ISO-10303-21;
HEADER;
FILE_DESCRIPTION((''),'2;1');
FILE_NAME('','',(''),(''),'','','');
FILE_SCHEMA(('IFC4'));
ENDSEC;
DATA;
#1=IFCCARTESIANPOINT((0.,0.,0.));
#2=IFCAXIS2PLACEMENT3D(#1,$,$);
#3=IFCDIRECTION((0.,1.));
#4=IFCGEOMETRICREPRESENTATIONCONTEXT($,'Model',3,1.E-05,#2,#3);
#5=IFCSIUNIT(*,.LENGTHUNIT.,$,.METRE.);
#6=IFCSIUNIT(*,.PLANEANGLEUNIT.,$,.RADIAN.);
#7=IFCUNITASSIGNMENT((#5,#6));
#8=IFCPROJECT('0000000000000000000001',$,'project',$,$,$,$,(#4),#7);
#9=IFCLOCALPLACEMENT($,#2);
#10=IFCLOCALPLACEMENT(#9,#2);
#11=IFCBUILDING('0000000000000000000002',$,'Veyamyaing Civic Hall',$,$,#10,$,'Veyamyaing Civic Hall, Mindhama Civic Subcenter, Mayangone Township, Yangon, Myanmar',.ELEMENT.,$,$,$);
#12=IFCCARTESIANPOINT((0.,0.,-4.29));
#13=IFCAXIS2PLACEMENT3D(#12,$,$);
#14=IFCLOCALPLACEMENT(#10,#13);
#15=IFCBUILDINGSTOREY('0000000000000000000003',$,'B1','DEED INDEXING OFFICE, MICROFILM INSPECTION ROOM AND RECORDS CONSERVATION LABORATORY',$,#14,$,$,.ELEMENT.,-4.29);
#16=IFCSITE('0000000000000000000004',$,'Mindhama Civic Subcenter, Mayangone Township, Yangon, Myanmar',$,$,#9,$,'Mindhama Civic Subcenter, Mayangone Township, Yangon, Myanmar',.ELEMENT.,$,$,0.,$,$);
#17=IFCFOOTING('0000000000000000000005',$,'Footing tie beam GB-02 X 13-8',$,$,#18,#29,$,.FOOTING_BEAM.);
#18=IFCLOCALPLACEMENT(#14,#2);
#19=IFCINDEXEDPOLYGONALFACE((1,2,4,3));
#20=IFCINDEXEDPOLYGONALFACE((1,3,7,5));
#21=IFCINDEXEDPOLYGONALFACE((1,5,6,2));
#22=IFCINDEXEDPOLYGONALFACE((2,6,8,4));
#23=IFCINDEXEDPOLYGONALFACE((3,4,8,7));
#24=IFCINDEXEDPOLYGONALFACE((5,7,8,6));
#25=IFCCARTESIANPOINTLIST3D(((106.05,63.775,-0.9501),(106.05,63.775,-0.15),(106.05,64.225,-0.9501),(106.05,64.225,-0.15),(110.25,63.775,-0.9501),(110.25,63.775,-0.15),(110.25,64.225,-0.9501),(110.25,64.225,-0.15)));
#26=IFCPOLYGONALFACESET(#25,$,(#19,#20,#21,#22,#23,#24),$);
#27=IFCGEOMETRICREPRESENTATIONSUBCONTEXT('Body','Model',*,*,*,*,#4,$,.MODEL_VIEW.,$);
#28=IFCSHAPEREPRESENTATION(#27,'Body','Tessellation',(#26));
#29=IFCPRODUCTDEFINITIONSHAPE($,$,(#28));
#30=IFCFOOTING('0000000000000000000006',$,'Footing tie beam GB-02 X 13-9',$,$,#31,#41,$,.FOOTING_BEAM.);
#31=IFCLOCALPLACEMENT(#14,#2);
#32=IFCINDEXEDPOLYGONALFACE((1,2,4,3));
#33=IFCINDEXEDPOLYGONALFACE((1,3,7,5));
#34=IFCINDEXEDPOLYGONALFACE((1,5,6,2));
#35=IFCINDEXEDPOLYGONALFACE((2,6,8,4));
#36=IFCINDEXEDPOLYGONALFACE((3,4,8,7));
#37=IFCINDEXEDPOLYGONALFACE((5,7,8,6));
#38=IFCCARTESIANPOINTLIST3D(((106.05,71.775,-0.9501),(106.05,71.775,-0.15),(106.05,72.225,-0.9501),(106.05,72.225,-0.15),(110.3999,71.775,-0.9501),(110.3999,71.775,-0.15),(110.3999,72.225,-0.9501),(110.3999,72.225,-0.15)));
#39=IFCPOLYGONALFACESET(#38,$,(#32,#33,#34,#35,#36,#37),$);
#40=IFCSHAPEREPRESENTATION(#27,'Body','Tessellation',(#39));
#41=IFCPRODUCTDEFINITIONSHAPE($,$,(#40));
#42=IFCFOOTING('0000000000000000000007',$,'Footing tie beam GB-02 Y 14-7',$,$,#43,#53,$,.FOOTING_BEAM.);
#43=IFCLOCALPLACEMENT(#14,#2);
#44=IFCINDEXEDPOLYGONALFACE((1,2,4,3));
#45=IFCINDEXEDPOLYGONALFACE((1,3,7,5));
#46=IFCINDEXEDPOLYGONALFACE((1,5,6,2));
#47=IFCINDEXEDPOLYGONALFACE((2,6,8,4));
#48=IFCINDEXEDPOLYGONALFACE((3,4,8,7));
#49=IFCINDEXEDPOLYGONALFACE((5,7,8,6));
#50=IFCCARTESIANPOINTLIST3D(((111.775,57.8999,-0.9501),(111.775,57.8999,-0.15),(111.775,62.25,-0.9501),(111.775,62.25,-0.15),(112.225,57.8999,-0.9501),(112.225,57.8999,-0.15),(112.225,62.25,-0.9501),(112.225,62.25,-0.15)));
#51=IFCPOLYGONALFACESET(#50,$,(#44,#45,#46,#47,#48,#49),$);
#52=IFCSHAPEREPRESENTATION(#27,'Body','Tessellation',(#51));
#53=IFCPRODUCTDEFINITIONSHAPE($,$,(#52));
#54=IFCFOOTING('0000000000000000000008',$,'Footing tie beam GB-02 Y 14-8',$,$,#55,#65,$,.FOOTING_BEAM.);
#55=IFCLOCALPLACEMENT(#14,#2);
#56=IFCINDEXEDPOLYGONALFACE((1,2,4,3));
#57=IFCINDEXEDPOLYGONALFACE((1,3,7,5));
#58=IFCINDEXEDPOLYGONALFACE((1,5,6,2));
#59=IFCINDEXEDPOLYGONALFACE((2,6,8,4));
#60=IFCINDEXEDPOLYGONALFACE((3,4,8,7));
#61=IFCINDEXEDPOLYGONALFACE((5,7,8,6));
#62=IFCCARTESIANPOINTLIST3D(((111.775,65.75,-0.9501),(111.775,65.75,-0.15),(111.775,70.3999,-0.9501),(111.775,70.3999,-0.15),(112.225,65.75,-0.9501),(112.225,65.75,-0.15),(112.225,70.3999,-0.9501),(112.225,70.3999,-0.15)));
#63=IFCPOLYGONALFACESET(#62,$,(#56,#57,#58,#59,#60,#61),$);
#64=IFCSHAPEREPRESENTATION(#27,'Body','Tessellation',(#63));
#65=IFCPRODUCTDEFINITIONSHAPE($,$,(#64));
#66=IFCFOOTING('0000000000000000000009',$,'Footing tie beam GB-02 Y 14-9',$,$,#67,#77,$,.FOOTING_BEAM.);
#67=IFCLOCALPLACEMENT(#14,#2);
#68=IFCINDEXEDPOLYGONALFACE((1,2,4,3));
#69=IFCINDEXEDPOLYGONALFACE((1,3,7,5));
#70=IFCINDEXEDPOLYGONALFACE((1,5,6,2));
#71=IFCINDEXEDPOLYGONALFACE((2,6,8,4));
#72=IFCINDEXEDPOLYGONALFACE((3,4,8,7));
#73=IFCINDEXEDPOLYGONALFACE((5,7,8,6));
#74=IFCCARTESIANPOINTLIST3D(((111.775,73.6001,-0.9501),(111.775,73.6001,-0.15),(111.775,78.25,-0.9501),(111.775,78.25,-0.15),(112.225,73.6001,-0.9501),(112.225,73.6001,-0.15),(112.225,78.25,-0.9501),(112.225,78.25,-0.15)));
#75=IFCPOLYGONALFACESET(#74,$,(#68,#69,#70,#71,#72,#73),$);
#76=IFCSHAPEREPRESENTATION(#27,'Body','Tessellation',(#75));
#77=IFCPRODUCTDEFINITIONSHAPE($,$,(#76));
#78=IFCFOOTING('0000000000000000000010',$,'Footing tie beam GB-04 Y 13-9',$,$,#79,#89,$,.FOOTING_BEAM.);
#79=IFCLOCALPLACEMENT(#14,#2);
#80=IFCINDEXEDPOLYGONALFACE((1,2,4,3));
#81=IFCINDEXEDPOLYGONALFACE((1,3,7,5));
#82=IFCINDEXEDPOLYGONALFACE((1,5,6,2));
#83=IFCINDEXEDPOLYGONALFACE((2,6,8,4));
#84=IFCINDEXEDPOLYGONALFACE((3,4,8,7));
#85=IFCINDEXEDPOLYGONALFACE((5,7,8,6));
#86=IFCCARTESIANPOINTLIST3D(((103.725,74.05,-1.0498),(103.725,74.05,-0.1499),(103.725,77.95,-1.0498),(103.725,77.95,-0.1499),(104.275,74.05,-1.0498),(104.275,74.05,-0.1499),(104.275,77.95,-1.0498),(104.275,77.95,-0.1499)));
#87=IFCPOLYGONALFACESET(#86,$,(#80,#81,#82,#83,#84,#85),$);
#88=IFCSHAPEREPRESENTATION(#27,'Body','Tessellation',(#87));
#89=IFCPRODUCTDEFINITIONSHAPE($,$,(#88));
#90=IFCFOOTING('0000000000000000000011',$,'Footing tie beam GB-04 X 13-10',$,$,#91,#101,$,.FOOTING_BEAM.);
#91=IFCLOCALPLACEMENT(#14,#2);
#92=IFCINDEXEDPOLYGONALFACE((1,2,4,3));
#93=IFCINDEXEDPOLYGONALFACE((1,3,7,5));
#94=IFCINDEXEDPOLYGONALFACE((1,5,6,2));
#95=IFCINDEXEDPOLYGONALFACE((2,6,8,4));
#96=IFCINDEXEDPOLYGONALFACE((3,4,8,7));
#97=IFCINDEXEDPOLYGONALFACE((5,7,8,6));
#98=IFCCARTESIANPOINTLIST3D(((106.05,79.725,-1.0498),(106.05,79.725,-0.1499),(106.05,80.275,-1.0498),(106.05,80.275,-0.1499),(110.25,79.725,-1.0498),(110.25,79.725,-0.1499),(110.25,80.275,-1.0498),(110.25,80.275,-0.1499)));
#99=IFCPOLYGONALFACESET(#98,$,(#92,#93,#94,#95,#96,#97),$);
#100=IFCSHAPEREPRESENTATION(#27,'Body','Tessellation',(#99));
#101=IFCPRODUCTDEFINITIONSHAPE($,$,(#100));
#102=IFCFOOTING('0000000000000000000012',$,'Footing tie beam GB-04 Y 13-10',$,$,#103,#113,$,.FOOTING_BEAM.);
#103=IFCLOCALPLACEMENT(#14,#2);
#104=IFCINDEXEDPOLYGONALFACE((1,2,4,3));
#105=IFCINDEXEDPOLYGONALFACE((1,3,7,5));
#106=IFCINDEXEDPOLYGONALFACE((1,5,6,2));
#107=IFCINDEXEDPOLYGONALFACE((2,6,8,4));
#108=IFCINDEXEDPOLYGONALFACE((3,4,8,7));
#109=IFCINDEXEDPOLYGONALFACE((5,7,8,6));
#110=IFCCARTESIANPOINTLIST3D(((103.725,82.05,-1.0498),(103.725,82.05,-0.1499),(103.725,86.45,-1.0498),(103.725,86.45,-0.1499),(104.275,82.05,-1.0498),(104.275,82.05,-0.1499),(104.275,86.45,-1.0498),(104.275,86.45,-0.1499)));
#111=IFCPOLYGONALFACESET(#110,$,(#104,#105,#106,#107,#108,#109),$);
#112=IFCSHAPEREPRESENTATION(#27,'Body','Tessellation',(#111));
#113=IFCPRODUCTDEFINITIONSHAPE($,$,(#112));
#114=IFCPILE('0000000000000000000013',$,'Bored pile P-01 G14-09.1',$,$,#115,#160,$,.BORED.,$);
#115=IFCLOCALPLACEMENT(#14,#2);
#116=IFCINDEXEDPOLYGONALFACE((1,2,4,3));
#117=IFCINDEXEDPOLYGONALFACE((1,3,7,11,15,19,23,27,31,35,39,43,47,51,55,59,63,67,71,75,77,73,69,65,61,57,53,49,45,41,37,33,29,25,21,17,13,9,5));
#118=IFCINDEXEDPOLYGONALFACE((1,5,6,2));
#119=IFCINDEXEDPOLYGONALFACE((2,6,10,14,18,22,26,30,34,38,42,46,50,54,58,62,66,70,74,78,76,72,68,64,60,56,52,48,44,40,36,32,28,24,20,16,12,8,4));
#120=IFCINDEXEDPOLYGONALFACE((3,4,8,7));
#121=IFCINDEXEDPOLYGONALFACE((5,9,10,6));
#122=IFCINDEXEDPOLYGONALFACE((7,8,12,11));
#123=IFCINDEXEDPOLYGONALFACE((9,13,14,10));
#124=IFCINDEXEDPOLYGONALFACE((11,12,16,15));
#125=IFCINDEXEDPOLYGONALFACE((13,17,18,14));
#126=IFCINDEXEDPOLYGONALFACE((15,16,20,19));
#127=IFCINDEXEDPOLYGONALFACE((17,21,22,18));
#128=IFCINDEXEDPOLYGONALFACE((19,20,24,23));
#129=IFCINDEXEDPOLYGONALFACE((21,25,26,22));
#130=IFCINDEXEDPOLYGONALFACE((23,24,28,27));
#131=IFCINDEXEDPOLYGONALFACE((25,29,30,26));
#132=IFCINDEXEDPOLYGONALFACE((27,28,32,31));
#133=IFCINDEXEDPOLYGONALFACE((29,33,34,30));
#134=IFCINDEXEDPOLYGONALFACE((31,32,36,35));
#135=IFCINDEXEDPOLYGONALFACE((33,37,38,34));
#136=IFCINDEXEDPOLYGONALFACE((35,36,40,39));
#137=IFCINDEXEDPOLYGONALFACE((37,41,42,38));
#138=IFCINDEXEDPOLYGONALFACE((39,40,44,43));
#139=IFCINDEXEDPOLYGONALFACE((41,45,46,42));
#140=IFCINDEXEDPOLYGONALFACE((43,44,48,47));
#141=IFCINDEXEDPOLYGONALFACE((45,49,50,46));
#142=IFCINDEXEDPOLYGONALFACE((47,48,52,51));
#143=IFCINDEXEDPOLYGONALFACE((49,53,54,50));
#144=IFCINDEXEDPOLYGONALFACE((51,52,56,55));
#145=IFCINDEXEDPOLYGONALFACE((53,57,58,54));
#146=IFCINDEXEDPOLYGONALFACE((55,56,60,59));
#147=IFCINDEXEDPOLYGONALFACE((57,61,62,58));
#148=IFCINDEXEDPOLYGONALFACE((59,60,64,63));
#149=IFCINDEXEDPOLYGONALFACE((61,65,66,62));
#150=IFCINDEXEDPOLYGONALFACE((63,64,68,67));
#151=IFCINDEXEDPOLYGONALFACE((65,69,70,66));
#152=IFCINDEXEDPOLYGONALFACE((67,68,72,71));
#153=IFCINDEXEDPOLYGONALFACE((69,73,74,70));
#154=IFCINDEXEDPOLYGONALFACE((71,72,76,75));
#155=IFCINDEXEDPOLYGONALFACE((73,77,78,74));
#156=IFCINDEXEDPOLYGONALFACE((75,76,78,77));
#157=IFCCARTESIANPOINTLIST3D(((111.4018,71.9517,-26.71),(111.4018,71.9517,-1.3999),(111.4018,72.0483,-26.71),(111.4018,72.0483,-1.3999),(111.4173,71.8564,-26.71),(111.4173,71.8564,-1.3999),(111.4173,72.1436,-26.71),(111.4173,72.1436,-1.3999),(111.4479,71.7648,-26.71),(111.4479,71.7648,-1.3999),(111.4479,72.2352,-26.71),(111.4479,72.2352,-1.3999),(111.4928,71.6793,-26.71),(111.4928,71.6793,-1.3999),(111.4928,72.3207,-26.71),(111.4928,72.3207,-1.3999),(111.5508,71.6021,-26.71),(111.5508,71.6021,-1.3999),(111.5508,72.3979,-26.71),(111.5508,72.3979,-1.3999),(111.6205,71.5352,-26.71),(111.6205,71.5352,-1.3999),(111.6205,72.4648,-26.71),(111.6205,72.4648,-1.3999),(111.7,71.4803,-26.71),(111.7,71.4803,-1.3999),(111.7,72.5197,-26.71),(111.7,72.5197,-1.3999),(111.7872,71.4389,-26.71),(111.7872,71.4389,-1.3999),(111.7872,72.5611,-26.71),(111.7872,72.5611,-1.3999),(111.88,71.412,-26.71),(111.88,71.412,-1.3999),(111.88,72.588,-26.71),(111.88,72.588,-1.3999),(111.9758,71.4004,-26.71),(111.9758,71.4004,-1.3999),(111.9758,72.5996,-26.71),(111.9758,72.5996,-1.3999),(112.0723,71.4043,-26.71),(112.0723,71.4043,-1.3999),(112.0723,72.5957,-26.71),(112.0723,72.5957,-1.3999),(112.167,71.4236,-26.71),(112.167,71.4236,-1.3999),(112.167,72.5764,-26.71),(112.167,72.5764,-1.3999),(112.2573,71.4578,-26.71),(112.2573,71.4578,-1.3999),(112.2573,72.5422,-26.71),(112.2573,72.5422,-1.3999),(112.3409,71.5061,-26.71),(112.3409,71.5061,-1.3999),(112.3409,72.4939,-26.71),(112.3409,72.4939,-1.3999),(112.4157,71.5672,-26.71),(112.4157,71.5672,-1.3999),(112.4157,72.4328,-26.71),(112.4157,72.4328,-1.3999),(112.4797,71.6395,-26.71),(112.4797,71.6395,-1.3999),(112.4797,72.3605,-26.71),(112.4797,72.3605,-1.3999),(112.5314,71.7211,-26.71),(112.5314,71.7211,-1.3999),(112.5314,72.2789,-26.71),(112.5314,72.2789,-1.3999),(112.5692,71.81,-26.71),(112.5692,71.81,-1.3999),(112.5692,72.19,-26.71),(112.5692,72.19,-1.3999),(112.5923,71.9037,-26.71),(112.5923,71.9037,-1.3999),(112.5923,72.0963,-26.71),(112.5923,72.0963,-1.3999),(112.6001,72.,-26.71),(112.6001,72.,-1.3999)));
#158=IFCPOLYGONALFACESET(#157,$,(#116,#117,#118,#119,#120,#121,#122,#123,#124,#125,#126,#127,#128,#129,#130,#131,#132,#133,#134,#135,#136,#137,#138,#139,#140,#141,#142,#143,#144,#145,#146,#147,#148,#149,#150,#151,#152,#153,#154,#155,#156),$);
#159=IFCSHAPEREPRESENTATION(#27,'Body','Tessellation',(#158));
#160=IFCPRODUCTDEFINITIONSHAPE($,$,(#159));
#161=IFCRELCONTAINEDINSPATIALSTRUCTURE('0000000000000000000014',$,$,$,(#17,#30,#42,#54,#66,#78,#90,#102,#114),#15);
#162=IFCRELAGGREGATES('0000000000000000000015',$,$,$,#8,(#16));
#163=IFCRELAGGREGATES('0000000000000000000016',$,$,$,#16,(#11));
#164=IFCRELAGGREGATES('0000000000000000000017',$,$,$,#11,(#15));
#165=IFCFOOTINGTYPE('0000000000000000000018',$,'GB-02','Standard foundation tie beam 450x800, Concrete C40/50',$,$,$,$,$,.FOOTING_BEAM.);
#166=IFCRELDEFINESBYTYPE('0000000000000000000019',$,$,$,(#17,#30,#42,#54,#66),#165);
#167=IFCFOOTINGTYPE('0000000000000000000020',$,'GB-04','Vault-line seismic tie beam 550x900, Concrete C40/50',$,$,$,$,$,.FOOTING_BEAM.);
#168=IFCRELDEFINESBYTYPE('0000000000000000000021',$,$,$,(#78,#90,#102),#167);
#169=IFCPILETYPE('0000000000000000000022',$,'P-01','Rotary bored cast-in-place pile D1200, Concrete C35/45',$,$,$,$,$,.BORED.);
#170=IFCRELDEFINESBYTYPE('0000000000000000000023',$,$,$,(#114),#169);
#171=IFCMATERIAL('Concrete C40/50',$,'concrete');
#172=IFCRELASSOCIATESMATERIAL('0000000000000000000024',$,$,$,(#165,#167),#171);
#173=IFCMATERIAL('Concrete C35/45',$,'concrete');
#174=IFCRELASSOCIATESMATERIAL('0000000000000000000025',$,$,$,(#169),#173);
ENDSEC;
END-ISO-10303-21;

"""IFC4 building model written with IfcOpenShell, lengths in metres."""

from ifc_helpers import new_model, si_unit, direction, frame, origin, origin_2d, place, context, subcontext, project, spatial, rectangle, circle, extrude, material, material_profile, profile_set, type_object, element, save


model = new_model("IFC4")

# Units and contexts
model_context = context("Model", 3, precision=1e-05, world=origin(), true_north=direction((0.0, 1.0)))
body_context = subcontext(model_context, "Body", "Model", "MODEL_VIEW")
ifc_project = project(units=[si_unit("LENGTHUNIT", "METRE"), si_unit("PLANEANGLEUNIT", "RADIAN")], contexts=[model_context])

# Site, building, storey
site_placement = place(None, origin())
site = spatial("IfcSite", under=ifc_project, at=site_placement, Name="Mindhama Civic Subcenter, Mayangone Township, Yangon, Myanmar", LongName="Mindhama Civic Subcenter, Mayangone Township, Yangon, Myanmar", CompositionType="ELEMENT", RefElevation=0.0)
building_placement = place(site_placement, origin())
building = spatial("IfcBuilding", under=site, at=building_placement, Name="Veyamyaing Civic Hall", LongName="Veyamyaing Civic Hall, Mindhama Civic Subcenter, Mayangone Township, Yangon, Myanmar", CompositionType="ELEMENT")
storey_placement = place(building_placement, frame((0.0, 0.0, -4.29)))
storey = spatial("IfcBuildingStorey", under=building, at=storey_placement, Name="B1", Description="DEED INDEXING OFFICE, MICROFILM INSPECTION ROOM AND RECORDS CONSERVATION LABORATORY", CompositionType="ELEMENT", Elevation=-4.29)

# Footings
ifc_material_1 = material(Name="Concrete C40/50", Category="concrete")
ifc_material_profile_1 = material_profile(ifc_material_1, rectangle(XDim=0.45, YDim=0.8, at=origin_2d()), Name="GB-450X800")
ifc_profile_set_1 = profile_set([ifc_material_profile_1], Name="Concrete C40/50")
footing_type_1 = type_object("IfcFootingType", Name="GB-02", Description="Standard foundation tie beam 450x800, Concrete C40/50", PredefinedType="FOOTING_BEAM", material=ifc_profile_set_1)
footing_1_placement = place(storey_placement, frame((106.05, 64.0, -0.55), z_axis=(1.0, 0.0, 0.0), x_axis=(0.0, 1.0, 0.0)))
element("IfcFooting", 1, at=footing_1_placement, inside=storey, type_object=footing_type_1, Name="Footing tie beam GB-02 X 13-8", PredefinedType="FOOTING_BEAM", context=body_context, shape_type="SweptSolid", body=[
    extrude(rectangle(XDim=0.45, YDim=0.8, at=origin_2d()), origin(), (0.0, 0.0, 1.0), 4.2),
])
footing_2_placement = place(storey_placement, frame((106.05, 72.0, -0.55), z_axis=(1.0, 0.0, 0.0), x_axis=(0.0, 1.0, 0.0)))
element("IfcFooting", 2, at=footing_2_placement, inside=storey, type_object=footing_type_1, Name="Footing tie beam GB-02 X 13-9", PredefinedType="FOOTING_BEAM", context=body_context, shape_type="SweptSolid", body=[
    extrude(rectangle(XDim=0.45, YDim=0.8, at=origin_2d()), origin(), (0.0, 0.0, 1.0), 4.3499),
])
footing_3_placement = place(storey_placement, frame((112.0, 57.8999, -0.55), z_axis=(0.0, 1.0, 0.0), x_axis=(-1.0, 0.0, 0.0)))
element("IfcFooting", 3, at=footing_3_placement, inside=storey, type_object=footing_type_1, Name="Footing tie beam GB-02 Y 14-7", PredefinedType="FOOTING_BEAM", context=body_context, shape_type="SweptSolid", body=[
    extrude(rectangle(XDim=0.45, YDim=0.8, at=origin_2d()), origin(), (0.0, 0.0, 1.0), 4.3501),
])
for number, where, z_axis, x_axis, name in (
    (4, (112.0, 65.75, -0.55), (0.0, 1.0, 0.0), (-1.0, 0.0, 0.0), "Footing tie beam GB-02 Y 14-8"),
    (5, (112.0, 73.6001, -0.55), (0.0, 1.0, 0.0), (-1.0, 0.0, 0.0), "Footing tie beam GB-02 Y 14-9"),
):
    element("IfcFooting", number, at=place(storey_placement, frame(where, z_axis=z_axis, x_axis=x_axis)), inside=storey, type_object=footing_type_1, Name=name, PredefinedType="FOOTING_BEAM", context=body_context, shape_type="SweptSolid", body=[
        extrude(rectangle(XDim=0.45, YDim=0.8, at=origin_2d()), origin(), (0.0, 0.0, 1.0), 4.6499),
    ])
ifc_material_profile_2 = material_profile(ifc_material_1, rectangle(XDim=0.55, YDim=0.8999, at=origin_2d()), Name="GB-550X900")
ifc_profile_set_2 = profile_set([ifc_material_profile_2], Name="Concrete C40/50")
footing_type_2 = type_object("IfcFootingType", Name="GB-04", Description="Vault-line seismic tie beam 550x900, Concrete C40/50", PredefinedType="FOOTING_BEAM", material=ifc_profile_set_2)
footing_4_placement = place(storey_placement, frame((104.0, 74.05, -0.5999), z_axis=(0.0, 1.0, 0.0), x_axis=(-1.0, 0.0, 0.0)))
element("IfcFooting", 6, at=footing_4_placement, inside=storey, type_object=footing_type_2, Name="Footing tie beam GB-04 Y 13-9", PredefinedType="FOOTING_BEAM", context=body_context, shape_type="SweptSolid", body=[
    extrude(rectangle(XDim=0.55, YDim=0.8999, at=origin_2d()), origin(), (0.0, 0.0, 1.0), 3.8999),
])
footing_5_placement = place(storey_placement, frame((106.05, 80.0, -0.5999), z_axis=(1.0, 0.0, 0.0), x_axis=(0.0, 1.0, 0.0)))
element("IfcFooting", 7, at=footing_5_placement, inside=storey, type_object=footing_type_2, Name="Footing tie beam GB-04 X 13-10", PredefinedType="FOOTING_BEAM", context=body_context, shape_type="SweptSolid", body=[
    extrude(rectangle(XDim=0.55, YDim=0.8999, at=origin_2d()), origin(), (0.0, 0.0, 1.0), 4.2),
])
footing_6_placement = place(storey_placement, frame((104.0, 82.05, -0.5999), z_axis=(0.0, 1.0, 0.0), x_axis=(-1.0, 0.0, 0.0)))
element("IfcFooting", 8, at=footing_6_placement, inside=storey, type_object=footing_type_2, Name="Footing tie beam GB-04 Y 13-10", PredefinedType="FOOTING_BEAM", context=body_context, shape_type="SweptSolid", body=[
    extrude(rectangle(XDim=0.55, YDim=0.8999, at=origin_2d()), origin(), (0.0, 0.0, 1.0), 4.3999),
])

# Pile
ifc_material_2 = material(Name="Concrete C35/45", Category="concrete")
ifc_material_profile_3 = material_profile(ifc_material_2, circle(Radius=0.6001, at=origin_2d()), Name="PILE-D1200")
ifc_profile_set_3 = profile_set([ifc_material_profile_3], Name="Concrete C35/45")
pile_type_1 = type_object("IfcPileType", Name="P-01", Description="Rotary bored cast-in-place pile D1200, Concrete C35/45", PredefinedType="BORED", material=ifc_profile_set_3)
pile_1_placement = place(storey_placement, frame((112.0, 72.0, -1.3999), z_axis=(0.0, 0.0, -1.0), x_axis=(1.0, 0.0, 0.0)))
element("IfcPile", 9, at=pile_1_placement, inside=storey, type_object=pile_type_1, Name="Bored pile P-01 G14-09.1", PredefinedType="BORED", context=body_context, shape_type="SweptSolid", body=[
    extrude(circle(Radius=0.6001, at=origin_2d()), origin(), (0.0, 0.0, 1.0), 25.3101),
])

save(model, "model.ifc")
